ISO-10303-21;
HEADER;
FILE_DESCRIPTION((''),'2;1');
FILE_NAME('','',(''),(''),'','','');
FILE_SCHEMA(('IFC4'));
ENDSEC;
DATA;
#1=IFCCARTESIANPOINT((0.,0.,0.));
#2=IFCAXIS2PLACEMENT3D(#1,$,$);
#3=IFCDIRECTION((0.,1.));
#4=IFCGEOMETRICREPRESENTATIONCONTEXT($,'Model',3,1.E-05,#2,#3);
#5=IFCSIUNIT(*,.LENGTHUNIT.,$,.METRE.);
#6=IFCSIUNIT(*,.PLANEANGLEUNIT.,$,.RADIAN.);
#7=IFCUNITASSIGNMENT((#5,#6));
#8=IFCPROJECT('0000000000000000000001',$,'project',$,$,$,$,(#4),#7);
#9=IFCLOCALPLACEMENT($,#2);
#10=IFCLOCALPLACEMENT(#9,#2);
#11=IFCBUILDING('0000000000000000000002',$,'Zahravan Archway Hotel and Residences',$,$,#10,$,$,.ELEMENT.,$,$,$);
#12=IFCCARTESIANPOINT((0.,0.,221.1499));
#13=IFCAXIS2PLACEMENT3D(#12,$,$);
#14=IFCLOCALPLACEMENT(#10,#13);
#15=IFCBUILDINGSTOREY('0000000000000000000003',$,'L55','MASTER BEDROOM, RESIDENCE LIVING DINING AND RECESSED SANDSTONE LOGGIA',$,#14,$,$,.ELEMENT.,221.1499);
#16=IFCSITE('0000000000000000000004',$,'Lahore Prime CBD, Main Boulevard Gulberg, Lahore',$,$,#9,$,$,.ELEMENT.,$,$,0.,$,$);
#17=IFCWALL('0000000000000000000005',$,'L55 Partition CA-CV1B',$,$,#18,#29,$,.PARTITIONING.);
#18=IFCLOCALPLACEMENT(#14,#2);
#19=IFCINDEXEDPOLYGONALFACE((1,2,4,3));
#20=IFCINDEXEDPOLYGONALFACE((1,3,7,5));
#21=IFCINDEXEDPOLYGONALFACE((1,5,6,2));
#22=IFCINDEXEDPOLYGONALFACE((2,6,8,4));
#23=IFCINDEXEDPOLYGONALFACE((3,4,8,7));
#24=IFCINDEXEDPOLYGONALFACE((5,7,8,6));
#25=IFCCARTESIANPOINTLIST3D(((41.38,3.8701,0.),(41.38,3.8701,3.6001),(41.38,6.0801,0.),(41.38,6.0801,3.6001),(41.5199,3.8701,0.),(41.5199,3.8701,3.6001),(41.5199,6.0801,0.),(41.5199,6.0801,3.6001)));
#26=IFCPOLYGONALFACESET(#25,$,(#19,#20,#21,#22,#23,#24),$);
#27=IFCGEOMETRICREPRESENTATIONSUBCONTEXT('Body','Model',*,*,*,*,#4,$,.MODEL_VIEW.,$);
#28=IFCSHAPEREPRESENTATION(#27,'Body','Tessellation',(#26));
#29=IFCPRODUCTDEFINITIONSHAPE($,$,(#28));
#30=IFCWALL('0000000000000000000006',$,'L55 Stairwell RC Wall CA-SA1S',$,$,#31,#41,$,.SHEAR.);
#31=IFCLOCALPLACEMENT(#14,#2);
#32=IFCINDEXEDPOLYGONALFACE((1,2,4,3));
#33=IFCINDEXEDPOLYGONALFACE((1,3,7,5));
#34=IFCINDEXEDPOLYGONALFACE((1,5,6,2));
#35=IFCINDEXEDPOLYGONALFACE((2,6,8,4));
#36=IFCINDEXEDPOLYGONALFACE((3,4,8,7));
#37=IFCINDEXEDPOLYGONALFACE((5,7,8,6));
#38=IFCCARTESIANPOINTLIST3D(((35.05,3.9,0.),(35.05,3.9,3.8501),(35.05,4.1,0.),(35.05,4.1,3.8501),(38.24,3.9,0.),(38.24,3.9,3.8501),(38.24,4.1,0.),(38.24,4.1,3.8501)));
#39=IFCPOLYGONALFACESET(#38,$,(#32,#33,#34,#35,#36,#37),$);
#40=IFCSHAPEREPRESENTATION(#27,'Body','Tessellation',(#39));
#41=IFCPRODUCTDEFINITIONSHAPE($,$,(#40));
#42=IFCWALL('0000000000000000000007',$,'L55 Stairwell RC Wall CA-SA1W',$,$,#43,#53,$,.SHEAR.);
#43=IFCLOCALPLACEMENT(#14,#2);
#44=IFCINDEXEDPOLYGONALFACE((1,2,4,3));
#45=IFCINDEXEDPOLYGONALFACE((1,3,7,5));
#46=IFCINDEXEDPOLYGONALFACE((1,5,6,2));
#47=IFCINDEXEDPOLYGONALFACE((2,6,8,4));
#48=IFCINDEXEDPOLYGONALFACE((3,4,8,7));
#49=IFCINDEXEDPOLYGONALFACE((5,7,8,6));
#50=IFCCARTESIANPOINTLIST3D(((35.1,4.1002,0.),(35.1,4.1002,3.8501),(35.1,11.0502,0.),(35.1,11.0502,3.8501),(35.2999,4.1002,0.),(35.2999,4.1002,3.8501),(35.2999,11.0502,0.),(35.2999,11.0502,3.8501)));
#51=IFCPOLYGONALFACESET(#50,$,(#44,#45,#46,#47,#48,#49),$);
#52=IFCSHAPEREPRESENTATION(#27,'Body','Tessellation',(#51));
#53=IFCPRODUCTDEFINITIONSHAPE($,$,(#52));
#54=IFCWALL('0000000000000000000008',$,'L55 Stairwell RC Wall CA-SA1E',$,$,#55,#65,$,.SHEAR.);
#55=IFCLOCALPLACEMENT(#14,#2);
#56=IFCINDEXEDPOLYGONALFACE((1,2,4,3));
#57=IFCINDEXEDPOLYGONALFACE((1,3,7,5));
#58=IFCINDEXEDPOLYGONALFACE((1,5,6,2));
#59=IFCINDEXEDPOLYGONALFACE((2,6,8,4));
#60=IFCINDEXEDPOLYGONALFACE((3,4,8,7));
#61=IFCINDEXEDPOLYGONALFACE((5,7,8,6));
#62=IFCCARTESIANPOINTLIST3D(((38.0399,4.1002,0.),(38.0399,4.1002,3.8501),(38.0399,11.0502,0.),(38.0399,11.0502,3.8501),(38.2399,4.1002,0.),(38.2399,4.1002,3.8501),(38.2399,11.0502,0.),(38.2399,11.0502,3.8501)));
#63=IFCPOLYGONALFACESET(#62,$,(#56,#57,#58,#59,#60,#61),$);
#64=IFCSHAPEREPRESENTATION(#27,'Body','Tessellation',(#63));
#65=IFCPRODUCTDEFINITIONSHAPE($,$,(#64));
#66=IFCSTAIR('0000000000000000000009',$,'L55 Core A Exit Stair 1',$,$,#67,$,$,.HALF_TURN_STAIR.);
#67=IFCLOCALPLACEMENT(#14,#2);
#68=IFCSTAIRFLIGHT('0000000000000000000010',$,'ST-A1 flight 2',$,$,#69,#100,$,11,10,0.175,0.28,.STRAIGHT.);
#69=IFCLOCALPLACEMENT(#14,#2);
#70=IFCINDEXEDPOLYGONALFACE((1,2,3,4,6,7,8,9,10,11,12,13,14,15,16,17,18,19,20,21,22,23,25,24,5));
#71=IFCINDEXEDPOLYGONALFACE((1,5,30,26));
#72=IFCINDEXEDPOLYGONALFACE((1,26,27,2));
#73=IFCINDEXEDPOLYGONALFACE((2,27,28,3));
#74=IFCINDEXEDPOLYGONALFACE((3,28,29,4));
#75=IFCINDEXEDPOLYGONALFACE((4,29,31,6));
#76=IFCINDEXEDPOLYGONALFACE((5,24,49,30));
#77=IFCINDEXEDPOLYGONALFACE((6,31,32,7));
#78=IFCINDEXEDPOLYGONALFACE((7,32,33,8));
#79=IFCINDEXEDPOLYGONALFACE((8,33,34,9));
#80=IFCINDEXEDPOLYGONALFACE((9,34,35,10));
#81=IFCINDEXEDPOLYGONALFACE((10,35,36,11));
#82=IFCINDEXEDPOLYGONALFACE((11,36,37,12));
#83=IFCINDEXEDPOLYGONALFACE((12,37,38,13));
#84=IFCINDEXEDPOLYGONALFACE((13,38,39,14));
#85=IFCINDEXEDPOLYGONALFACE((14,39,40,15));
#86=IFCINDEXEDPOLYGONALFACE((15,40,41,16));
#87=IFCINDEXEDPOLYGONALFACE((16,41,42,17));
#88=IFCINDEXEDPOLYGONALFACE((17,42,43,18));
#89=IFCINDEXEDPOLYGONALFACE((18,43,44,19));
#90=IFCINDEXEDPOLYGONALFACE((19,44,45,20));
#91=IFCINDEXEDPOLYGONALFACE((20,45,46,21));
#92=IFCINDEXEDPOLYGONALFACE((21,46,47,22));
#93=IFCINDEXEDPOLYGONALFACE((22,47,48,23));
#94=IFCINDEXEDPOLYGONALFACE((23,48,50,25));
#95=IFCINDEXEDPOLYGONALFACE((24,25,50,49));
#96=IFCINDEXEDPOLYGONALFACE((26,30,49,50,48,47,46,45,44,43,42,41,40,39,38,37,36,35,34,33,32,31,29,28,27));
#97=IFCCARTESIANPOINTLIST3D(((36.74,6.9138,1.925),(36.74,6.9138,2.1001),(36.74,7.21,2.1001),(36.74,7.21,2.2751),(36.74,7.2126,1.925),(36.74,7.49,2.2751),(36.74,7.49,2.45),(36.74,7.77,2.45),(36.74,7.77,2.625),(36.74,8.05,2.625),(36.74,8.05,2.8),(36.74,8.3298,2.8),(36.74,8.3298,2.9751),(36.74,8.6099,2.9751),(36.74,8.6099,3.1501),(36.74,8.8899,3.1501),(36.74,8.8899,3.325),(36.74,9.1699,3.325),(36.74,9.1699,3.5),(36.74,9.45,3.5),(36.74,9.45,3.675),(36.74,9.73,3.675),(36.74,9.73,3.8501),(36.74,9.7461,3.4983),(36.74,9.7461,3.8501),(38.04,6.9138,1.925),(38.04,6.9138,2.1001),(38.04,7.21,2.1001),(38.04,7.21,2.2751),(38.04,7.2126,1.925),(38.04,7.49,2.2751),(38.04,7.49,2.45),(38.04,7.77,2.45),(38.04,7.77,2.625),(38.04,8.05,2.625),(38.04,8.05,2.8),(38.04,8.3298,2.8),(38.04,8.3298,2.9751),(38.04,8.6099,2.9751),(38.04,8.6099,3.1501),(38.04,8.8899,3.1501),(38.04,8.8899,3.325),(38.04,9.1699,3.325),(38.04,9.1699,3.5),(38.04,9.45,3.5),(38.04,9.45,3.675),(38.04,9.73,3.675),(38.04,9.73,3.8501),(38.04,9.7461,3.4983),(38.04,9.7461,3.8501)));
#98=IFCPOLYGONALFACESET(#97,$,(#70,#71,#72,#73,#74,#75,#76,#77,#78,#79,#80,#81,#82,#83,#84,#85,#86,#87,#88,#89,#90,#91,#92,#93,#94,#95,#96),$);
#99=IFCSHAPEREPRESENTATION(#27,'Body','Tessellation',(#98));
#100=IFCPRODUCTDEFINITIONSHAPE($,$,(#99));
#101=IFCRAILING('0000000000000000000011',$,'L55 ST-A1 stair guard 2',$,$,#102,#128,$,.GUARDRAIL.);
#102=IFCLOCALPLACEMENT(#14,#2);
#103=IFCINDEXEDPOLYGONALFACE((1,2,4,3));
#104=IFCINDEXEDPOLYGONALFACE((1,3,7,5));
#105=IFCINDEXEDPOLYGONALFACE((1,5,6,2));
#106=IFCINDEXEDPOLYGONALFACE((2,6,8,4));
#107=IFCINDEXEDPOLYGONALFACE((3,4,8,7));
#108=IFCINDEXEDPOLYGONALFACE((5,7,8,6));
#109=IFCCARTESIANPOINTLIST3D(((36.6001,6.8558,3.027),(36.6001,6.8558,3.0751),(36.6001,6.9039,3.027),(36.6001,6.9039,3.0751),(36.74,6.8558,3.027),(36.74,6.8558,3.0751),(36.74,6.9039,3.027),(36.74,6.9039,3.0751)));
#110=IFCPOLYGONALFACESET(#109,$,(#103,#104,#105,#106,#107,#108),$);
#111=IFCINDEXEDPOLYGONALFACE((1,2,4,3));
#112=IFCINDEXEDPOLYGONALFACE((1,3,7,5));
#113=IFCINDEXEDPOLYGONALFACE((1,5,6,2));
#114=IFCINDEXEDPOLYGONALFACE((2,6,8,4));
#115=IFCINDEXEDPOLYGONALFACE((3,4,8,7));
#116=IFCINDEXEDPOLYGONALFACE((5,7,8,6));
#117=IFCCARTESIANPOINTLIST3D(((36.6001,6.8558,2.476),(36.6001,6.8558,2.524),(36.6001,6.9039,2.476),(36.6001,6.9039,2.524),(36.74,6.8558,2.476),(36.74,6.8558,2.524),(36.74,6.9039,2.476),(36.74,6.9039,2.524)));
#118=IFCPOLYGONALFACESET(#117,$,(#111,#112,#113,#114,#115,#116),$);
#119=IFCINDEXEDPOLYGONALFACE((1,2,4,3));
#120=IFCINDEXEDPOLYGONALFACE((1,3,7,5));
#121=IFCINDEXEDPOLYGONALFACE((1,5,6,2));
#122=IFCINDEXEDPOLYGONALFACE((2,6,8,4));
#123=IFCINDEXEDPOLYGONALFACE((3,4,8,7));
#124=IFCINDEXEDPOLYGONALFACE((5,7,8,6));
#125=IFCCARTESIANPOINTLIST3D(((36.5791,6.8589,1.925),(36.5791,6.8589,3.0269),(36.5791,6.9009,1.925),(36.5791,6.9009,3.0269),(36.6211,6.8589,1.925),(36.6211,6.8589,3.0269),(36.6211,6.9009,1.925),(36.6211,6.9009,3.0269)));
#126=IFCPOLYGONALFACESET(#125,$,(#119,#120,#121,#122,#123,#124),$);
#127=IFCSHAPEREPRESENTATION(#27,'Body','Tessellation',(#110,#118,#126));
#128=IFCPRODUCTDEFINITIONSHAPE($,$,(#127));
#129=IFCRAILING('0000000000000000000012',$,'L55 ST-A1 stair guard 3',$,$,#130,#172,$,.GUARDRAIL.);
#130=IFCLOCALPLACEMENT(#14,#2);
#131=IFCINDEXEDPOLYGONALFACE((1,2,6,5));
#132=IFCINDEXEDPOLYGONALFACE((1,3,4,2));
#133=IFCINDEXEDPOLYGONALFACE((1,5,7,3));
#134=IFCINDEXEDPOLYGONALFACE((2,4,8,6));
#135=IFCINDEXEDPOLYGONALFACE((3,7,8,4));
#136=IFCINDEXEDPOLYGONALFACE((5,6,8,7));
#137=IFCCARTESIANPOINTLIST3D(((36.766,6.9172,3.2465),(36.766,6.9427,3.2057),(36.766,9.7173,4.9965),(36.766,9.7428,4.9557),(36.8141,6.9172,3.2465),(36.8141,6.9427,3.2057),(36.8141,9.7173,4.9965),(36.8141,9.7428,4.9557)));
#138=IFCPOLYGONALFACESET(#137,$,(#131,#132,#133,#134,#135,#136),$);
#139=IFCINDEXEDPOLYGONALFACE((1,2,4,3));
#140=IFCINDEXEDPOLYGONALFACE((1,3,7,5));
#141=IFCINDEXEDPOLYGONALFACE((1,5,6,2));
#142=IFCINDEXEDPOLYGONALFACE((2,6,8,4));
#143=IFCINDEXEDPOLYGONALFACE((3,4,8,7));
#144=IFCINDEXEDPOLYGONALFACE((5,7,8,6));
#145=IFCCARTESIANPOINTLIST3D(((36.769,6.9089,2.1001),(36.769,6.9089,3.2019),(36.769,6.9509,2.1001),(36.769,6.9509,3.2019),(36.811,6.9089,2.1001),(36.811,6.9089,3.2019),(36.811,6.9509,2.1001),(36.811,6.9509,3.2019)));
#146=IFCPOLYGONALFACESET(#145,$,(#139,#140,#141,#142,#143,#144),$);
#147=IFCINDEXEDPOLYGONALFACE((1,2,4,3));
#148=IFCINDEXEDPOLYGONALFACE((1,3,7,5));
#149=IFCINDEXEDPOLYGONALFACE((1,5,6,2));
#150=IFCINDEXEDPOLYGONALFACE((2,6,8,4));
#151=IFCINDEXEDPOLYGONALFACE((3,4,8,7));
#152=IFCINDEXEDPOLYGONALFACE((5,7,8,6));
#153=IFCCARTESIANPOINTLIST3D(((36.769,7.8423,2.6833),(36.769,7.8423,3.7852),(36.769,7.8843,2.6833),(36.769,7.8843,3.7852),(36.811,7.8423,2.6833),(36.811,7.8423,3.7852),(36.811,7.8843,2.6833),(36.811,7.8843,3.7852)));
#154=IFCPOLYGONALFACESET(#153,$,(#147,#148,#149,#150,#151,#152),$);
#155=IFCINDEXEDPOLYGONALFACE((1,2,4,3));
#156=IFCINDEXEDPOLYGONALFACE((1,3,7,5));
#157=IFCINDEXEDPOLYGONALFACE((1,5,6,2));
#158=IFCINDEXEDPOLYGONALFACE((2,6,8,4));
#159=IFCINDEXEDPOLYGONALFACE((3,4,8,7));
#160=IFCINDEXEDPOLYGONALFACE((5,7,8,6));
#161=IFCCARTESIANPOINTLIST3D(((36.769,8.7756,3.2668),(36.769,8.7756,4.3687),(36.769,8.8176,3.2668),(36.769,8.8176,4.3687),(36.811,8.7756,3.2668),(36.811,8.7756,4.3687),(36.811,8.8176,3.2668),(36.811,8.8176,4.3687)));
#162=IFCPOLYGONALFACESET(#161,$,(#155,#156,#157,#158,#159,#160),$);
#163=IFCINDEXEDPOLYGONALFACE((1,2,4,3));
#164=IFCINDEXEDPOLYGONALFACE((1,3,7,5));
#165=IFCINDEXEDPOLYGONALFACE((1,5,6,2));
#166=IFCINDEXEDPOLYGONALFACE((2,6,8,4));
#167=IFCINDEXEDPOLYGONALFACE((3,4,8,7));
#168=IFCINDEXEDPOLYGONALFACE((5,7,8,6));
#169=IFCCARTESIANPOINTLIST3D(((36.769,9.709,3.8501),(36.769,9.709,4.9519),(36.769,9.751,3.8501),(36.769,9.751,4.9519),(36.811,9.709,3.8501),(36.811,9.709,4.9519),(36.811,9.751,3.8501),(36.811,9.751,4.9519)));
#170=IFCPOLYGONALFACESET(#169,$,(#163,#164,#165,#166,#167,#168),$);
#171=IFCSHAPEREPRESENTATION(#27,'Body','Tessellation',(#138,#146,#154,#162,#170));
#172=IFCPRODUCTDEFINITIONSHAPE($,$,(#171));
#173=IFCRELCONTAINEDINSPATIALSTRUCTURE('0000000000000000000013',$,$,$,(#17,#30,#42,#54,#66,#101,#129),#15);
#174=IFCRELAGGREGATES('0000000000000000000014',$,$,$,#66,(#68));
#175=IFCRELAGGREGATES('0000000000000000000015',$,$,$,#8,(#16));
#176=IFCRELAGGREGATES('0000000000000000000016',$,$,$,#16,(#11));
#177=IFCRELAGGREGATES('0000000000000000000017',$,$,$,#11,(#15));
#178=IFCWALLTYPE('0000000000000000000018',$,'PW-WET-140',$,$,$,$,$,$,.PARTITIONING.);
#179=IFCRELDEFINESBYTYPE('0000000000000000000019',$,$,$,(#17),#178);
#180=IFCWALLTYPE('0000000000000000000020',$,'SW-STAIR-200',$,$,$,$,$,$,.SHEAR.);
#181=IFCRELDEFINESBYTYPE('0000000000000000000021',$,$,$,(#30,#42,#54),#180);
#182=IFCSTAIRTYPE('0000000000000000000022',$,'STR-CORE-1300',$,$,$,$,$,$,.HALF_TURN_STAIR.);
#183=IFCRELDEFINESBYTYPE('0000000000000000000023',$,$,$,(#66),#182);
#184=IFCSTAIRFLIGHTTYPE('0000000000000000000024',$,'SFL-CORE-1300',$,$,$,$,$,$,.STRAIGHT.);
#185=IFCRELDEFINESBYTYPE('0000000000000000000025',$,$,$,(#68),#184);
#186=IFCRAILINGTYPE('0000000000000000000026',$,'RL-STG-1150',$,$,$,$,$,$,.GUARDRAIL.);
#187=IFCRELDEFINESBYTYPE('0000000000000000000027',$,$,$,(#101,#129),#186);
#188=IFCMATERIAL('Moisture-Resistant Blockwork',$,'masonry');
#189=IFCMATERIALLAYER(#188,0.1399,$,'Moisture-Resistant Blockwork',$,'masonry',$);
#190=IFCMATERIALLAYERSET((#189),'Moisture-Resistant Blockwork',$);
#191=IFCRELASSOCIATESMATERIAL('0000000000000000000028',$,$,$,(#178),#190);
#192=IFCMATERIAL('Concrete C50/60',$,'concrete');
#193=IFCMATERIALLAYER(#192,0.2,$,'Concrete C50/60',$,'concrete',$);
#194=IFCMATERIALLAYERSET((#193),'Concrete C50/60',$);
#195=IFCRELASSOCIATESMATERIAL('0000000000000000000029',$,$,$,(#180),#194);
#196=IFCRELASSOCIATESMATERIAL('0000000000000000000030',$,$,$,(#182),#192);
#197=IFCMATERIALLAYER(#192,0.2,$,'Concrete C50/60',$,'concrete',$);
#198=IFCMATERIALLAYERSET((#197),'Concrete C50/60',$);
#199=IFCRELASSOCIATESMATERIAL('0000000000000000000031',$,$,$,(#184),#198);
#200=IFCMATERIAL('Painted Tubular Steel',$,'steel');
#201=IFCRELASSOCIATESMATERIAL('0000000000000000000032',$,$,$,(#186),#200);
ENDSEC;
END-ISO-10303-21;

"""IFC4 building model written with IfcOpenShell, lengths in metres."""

from ifc_helpers import new_model, si_unit, direction, frame, frame_2d, origin, origin_2d, place, context, subcontext, project, spatial, polyline, rectangle, outline, extrude, source, transform, mapped, material, layer, layer_set, type_object, element, aggregate, save


model = new_model("IFC4")

# Units and contexts
model_context = context("Model", 3, precision=1e-05, world=origin(), true_north=direction((0.0, 1.0)))
body_context = subcontext(model_context, "Body", "Model", "MODEL_VIEW")
ifc_project = project(units=[si_unit("LENGTHUNIT", "METRE"), si_unit("PLANEANGLEUNIT", "RADIAN")], contexts=[model_context])

# Site, building, storey
site_placement = place(None, origin())
site = spatial("IfcSite", under=ifc_project, at=site_placement, Name="Lahore Prime CBD, Main Boulevard Gulberg, Lahore", CompositionType="ELEMENT", RefElevation=0.0)
building_placement = place(site_placement, origin())
building = spatial("IfcBuilding", under=site, at=building_placement, Name="Zahravan Archway Hotel and Residences", CompositionType="ELEMENT")
storey_placement = place(building_placement, frame((0.0, 0.0, 221.1499)))
storey = spatial("IfcBuildingStorey", under=building, at=storey_placement, Name="L55", Description="MASTER BEDROOM, RESIDENCE LIVING DINING AND RECESSED SANDSTONE LOGGIA", CompositionType="ELEMENT", Elevation=221.1499)

# Walls
ifc_material_1 = material(Name="Moisture-Resistant Blockwork", Category="masonry")
ifc_layer_1 = layer(ifc_material_1, 0.1399, Name="Moisture-Resistant Blockwork", Category="masonry")
ifc_layer_set_1 = layer_set([ifc_layer_1], Name="Moisture-Resistant Blockwork")
wall_type_1 = type_object("IfcWallType", Name="PW-WET-140", PredefinedType="PARTITIONING", material=ifc_layer_set_1)
for number, where, z_axis, x_axis, name in (
    (1, (41.45, 3.8701, 0.0), (0.0, 0.0, 1.0), (0.0, 1.0, 0.0), "L55 Partition CA-CV1B"),
):
    element("IfcWall", number, at=place(storey_placement, frame(where, z_axis=z_axis, x_axis=x_axis)), inside=storey, type_object=wall_type_1, Name=name, PredefinedType="PARTITIONING", context=body_context, shape_type="SweptSolid", body=[
        extrude(rectangle(XDim=2.21, YDim=0.1399, at=frame_2d((1.105, 0.0))), origin(), (0.0, 0.0, 1.0), 3.6001),
    ])
ifc_material_2 = material(Name="Concrete C50/60", Category="concrete")
ifc_layer_2 = layer(ifc_material_2, 0.2, Name="Concrete C50/60", Category="concrete")
ifc_layer_set_2 = layer_set([ifc_layer_2], Name="Concrete C50/60")
wall_type_2 = type_object("IfcWallType", Name="SW-STAIR-200", PredefinedType="SHEAR", material=ifc_layer_set_2)
wall_1_placement = place(storey_placement, frame((35.05, 4.0, 0.0), z_axis=(0.0, 0.0, 1.0), x_axis=(1.0, 0.0, 0.0)))
element("IfcWall", 2, at=wall_1_placement, inside=storey, type_object=wall_type_2, Name="L55 Stairwell RC Wall CA-SA1S", PredefinedType="SHEAR", context=body_context, shape_type="SweptSolid", body=[
    extrude(rectangle(XDim=3.1899, YDim=0.2, at=frame_2d((1.595, 0.0))), origin(), (0.0, 0.0, 1.0), 3.8501),
])
for number, where, z_axis, x_axis, name in (
    (3, (35.2, 4.1001, 0.0), (0.0, 0.0, 1.0), (0.0, 1.0, 0.0), "L55 Stairwell RC Wall CA-SA1W"),
    (4, (38.1399, 4.1001, 0.0), (0.0, 0.0, 1.0), (0.0, 1.0, 0.0), "L55 Stairwell RC Wall CA-SA1E"),
):
    element("IfcWall", number, at=place(storey_placement, frame(where, z_axis=z_axis, x_axis=x_axis)), inside=storey, type_object=wall_type_2, Name=name, PredefinedType="SHEAR", context=body_context, shape_type="SweptSolid", body=[
        extrude(rectangle(XDim=6.95, YDim=0.2, at=frame_2d((3.4751, 0.0))), origin(), (0.0, 0.0, 1.0), 3.8501),
    ])

# Stair, stair flight
stair_type = type_object("IfcStairType", Name="STR-CORE-1300", PredefinedType="HALF_TURN_STAIR", material=ifc_material_2)
stair_placement = place(storey_placement, origin())
stair = element("IfcStair", 5, at=stair_placement, inside=storey, type_object=stair_type, Name="L55 Core A Exit Stair 1", PredefinedType="HALF_TURN_STAIR")
ifc_layer_3 = layer(ifc_material_2, 0.2, Name="Concrete C50/60", Category="concrete")
ifc_layer_set_3 = layer_set([ifc_layer_3], Name="Concrete C50/60")
stair_flight_type = type_object("IfcStairFlightType", Name="SFL-CORE-1300", PredefinedType="STRAIGHT", material=ifc_layer_set_3)
shared_shape_1 = source(origin(), body_context, "Body", "SweptSolid", [
    extrude(outline(polyline([(-0.0161, 0.0), (-0.0161, 0.175), (0.28, 0.175), (0.28, 0.3501), (0.5601, 0.3501), (0.5601, 0.5249), (0.8401, 0.5249), (0.8401, 0.7), (1.1201, 0.7), (1.1201, 0.875), (1.3999, 0.875), (1.3999, 1.05), (1.6799, 1.05), (1.6799, 1.2251), (1.96, 1.2251), (1.96, 1.3999), (2.24, 1.3999), (2.24, 1.575), (2.52, 1.575), (2.52, 1.75), (2.8, 1.75), (2.8, 1.925), (2.8162, 1.925), (2.8162, 1.5732), (0.2827, 0.0), (-0.0161, 0.0)])), frame((0.0, 0.6499, 0.0), z_axis=(0.0, -1.0, 0.0), x_axis=(1.0, 0.0, 0.0)), (0.0, 0.0, 1.0), 1.3),
])
stair_flight_placement = place(storey_placement, frame((37.3899, 6.9299, 1.925), z_axis=(0.0, 0.0, 1.0), x_axis=(0.0, 1.0, 0.0)))
stair_flight = element("IfcStairFlight", 6, at=stair_flight_placement, type_object=stair_flight_type, Name="ST-A1 flight 2", NumberOfRisers=11, NumberOfTreads=10, PredefinedType="STRAIGHT", RiserHeight=0.175, TreadLength=0.28, context=body_context, shape_type="MappedRepresentation", body=[
    mapped(shared_shape_1, transform((0.0, 0.0, 0.0), scale=1.0)),
])
aggregate(stair, [stair_flight])

# Railings
ifc_material_3 = material(Name="Painted Tubular Steel", Category="steel")
railing_type_1 = type_object("IfcRailingType", Name="RL-STG-1150", PredefinedType="GUARDRAIL", material=ifc_material_3)
railing_1_placement = place(storey_placement, frame((36.6001, 6.8799, 1.925)))
element("IfcRailing", 7, at=railing_1_placement, inside=storey, type_object=railing_type_1, Name="L55 ST-A1 stair guard 2", PredefinedType="GUARDRAIL", context=body_context, shape_type="SweptSolid", body=[
    extrude(rectangle(XDim=0.0481, YDim=0.0481, at=origin_2d()), frame((0.0, 0.0, 1.126), z_axis=(1.0, 0.0, 0.0), x_axis=(0.0, 1.0, 0.0)), (0.0, 0.0, 1.0), 0.1399),
    extrude(rectangle(XDim=0.0481, YDim=0.0481, at=origin_2d()), frame((0.0, 0.0, 0.575), z_axis=(1.0, 0.0, 0.0), x_axis=(0.0, 1.0, 0.0)), (0.0, 0.0, 1.0), 0.1399),
    extrude(rectangle(XDim=0.042, YDim=0.042, at=origin_2d()), origin(), (0.0, 0.0, 1.0), 1.1018),
])
railing_2_placement = place(storey_placement, frame((36.79, 6.9299, 2.1001)))
element("IfcRailing", 8, at=railing_2_placement, inside=storey, type_object=railing_type_1, Name="L55 ST-A1 stair guard 3", PredefinedType="GUARDRAIL", context=body_context, shape_type="SweptSolid", body=[
    extrude(rectangle(XDim=0.0481, YDim=0.0481, at=origin_2d()), frame((0.0, 0.0, 1.126), z_axis=(0.0, 0.848002, 0.529992), x_axis=(-1.0, 0.0, 0.0)), (0.0, 0.0, 1.0), 3.302),
    extrude(rectangle(XDim=0.042, YDim=0.042, at=origin_2d()), origin(), (0.0, 0.0, 1.0), 1.1018),
    extrude(rectangle(XDim=0.042, YDim=0.042, at=origin_2d()), frame((0.0, 0.9333, 0.5833)), (0.0, 0.0, 1.0), 1.1018),
    extrude(rectangle(XDim=0.042, YDim=0.042, at=origin_2d()), frame((0.0, 1.8667, 1.1667)), (0.0, 0.0, 1.0), 1.1018),
    extrude(rectangle(XDim=0.042, YDim=0.042, at=origin_2d()), frame((0.0, 2.8, 1.75)), (0.0, 0.0, 1.0), 1.1018),
])

save(model, "model.ifc")
